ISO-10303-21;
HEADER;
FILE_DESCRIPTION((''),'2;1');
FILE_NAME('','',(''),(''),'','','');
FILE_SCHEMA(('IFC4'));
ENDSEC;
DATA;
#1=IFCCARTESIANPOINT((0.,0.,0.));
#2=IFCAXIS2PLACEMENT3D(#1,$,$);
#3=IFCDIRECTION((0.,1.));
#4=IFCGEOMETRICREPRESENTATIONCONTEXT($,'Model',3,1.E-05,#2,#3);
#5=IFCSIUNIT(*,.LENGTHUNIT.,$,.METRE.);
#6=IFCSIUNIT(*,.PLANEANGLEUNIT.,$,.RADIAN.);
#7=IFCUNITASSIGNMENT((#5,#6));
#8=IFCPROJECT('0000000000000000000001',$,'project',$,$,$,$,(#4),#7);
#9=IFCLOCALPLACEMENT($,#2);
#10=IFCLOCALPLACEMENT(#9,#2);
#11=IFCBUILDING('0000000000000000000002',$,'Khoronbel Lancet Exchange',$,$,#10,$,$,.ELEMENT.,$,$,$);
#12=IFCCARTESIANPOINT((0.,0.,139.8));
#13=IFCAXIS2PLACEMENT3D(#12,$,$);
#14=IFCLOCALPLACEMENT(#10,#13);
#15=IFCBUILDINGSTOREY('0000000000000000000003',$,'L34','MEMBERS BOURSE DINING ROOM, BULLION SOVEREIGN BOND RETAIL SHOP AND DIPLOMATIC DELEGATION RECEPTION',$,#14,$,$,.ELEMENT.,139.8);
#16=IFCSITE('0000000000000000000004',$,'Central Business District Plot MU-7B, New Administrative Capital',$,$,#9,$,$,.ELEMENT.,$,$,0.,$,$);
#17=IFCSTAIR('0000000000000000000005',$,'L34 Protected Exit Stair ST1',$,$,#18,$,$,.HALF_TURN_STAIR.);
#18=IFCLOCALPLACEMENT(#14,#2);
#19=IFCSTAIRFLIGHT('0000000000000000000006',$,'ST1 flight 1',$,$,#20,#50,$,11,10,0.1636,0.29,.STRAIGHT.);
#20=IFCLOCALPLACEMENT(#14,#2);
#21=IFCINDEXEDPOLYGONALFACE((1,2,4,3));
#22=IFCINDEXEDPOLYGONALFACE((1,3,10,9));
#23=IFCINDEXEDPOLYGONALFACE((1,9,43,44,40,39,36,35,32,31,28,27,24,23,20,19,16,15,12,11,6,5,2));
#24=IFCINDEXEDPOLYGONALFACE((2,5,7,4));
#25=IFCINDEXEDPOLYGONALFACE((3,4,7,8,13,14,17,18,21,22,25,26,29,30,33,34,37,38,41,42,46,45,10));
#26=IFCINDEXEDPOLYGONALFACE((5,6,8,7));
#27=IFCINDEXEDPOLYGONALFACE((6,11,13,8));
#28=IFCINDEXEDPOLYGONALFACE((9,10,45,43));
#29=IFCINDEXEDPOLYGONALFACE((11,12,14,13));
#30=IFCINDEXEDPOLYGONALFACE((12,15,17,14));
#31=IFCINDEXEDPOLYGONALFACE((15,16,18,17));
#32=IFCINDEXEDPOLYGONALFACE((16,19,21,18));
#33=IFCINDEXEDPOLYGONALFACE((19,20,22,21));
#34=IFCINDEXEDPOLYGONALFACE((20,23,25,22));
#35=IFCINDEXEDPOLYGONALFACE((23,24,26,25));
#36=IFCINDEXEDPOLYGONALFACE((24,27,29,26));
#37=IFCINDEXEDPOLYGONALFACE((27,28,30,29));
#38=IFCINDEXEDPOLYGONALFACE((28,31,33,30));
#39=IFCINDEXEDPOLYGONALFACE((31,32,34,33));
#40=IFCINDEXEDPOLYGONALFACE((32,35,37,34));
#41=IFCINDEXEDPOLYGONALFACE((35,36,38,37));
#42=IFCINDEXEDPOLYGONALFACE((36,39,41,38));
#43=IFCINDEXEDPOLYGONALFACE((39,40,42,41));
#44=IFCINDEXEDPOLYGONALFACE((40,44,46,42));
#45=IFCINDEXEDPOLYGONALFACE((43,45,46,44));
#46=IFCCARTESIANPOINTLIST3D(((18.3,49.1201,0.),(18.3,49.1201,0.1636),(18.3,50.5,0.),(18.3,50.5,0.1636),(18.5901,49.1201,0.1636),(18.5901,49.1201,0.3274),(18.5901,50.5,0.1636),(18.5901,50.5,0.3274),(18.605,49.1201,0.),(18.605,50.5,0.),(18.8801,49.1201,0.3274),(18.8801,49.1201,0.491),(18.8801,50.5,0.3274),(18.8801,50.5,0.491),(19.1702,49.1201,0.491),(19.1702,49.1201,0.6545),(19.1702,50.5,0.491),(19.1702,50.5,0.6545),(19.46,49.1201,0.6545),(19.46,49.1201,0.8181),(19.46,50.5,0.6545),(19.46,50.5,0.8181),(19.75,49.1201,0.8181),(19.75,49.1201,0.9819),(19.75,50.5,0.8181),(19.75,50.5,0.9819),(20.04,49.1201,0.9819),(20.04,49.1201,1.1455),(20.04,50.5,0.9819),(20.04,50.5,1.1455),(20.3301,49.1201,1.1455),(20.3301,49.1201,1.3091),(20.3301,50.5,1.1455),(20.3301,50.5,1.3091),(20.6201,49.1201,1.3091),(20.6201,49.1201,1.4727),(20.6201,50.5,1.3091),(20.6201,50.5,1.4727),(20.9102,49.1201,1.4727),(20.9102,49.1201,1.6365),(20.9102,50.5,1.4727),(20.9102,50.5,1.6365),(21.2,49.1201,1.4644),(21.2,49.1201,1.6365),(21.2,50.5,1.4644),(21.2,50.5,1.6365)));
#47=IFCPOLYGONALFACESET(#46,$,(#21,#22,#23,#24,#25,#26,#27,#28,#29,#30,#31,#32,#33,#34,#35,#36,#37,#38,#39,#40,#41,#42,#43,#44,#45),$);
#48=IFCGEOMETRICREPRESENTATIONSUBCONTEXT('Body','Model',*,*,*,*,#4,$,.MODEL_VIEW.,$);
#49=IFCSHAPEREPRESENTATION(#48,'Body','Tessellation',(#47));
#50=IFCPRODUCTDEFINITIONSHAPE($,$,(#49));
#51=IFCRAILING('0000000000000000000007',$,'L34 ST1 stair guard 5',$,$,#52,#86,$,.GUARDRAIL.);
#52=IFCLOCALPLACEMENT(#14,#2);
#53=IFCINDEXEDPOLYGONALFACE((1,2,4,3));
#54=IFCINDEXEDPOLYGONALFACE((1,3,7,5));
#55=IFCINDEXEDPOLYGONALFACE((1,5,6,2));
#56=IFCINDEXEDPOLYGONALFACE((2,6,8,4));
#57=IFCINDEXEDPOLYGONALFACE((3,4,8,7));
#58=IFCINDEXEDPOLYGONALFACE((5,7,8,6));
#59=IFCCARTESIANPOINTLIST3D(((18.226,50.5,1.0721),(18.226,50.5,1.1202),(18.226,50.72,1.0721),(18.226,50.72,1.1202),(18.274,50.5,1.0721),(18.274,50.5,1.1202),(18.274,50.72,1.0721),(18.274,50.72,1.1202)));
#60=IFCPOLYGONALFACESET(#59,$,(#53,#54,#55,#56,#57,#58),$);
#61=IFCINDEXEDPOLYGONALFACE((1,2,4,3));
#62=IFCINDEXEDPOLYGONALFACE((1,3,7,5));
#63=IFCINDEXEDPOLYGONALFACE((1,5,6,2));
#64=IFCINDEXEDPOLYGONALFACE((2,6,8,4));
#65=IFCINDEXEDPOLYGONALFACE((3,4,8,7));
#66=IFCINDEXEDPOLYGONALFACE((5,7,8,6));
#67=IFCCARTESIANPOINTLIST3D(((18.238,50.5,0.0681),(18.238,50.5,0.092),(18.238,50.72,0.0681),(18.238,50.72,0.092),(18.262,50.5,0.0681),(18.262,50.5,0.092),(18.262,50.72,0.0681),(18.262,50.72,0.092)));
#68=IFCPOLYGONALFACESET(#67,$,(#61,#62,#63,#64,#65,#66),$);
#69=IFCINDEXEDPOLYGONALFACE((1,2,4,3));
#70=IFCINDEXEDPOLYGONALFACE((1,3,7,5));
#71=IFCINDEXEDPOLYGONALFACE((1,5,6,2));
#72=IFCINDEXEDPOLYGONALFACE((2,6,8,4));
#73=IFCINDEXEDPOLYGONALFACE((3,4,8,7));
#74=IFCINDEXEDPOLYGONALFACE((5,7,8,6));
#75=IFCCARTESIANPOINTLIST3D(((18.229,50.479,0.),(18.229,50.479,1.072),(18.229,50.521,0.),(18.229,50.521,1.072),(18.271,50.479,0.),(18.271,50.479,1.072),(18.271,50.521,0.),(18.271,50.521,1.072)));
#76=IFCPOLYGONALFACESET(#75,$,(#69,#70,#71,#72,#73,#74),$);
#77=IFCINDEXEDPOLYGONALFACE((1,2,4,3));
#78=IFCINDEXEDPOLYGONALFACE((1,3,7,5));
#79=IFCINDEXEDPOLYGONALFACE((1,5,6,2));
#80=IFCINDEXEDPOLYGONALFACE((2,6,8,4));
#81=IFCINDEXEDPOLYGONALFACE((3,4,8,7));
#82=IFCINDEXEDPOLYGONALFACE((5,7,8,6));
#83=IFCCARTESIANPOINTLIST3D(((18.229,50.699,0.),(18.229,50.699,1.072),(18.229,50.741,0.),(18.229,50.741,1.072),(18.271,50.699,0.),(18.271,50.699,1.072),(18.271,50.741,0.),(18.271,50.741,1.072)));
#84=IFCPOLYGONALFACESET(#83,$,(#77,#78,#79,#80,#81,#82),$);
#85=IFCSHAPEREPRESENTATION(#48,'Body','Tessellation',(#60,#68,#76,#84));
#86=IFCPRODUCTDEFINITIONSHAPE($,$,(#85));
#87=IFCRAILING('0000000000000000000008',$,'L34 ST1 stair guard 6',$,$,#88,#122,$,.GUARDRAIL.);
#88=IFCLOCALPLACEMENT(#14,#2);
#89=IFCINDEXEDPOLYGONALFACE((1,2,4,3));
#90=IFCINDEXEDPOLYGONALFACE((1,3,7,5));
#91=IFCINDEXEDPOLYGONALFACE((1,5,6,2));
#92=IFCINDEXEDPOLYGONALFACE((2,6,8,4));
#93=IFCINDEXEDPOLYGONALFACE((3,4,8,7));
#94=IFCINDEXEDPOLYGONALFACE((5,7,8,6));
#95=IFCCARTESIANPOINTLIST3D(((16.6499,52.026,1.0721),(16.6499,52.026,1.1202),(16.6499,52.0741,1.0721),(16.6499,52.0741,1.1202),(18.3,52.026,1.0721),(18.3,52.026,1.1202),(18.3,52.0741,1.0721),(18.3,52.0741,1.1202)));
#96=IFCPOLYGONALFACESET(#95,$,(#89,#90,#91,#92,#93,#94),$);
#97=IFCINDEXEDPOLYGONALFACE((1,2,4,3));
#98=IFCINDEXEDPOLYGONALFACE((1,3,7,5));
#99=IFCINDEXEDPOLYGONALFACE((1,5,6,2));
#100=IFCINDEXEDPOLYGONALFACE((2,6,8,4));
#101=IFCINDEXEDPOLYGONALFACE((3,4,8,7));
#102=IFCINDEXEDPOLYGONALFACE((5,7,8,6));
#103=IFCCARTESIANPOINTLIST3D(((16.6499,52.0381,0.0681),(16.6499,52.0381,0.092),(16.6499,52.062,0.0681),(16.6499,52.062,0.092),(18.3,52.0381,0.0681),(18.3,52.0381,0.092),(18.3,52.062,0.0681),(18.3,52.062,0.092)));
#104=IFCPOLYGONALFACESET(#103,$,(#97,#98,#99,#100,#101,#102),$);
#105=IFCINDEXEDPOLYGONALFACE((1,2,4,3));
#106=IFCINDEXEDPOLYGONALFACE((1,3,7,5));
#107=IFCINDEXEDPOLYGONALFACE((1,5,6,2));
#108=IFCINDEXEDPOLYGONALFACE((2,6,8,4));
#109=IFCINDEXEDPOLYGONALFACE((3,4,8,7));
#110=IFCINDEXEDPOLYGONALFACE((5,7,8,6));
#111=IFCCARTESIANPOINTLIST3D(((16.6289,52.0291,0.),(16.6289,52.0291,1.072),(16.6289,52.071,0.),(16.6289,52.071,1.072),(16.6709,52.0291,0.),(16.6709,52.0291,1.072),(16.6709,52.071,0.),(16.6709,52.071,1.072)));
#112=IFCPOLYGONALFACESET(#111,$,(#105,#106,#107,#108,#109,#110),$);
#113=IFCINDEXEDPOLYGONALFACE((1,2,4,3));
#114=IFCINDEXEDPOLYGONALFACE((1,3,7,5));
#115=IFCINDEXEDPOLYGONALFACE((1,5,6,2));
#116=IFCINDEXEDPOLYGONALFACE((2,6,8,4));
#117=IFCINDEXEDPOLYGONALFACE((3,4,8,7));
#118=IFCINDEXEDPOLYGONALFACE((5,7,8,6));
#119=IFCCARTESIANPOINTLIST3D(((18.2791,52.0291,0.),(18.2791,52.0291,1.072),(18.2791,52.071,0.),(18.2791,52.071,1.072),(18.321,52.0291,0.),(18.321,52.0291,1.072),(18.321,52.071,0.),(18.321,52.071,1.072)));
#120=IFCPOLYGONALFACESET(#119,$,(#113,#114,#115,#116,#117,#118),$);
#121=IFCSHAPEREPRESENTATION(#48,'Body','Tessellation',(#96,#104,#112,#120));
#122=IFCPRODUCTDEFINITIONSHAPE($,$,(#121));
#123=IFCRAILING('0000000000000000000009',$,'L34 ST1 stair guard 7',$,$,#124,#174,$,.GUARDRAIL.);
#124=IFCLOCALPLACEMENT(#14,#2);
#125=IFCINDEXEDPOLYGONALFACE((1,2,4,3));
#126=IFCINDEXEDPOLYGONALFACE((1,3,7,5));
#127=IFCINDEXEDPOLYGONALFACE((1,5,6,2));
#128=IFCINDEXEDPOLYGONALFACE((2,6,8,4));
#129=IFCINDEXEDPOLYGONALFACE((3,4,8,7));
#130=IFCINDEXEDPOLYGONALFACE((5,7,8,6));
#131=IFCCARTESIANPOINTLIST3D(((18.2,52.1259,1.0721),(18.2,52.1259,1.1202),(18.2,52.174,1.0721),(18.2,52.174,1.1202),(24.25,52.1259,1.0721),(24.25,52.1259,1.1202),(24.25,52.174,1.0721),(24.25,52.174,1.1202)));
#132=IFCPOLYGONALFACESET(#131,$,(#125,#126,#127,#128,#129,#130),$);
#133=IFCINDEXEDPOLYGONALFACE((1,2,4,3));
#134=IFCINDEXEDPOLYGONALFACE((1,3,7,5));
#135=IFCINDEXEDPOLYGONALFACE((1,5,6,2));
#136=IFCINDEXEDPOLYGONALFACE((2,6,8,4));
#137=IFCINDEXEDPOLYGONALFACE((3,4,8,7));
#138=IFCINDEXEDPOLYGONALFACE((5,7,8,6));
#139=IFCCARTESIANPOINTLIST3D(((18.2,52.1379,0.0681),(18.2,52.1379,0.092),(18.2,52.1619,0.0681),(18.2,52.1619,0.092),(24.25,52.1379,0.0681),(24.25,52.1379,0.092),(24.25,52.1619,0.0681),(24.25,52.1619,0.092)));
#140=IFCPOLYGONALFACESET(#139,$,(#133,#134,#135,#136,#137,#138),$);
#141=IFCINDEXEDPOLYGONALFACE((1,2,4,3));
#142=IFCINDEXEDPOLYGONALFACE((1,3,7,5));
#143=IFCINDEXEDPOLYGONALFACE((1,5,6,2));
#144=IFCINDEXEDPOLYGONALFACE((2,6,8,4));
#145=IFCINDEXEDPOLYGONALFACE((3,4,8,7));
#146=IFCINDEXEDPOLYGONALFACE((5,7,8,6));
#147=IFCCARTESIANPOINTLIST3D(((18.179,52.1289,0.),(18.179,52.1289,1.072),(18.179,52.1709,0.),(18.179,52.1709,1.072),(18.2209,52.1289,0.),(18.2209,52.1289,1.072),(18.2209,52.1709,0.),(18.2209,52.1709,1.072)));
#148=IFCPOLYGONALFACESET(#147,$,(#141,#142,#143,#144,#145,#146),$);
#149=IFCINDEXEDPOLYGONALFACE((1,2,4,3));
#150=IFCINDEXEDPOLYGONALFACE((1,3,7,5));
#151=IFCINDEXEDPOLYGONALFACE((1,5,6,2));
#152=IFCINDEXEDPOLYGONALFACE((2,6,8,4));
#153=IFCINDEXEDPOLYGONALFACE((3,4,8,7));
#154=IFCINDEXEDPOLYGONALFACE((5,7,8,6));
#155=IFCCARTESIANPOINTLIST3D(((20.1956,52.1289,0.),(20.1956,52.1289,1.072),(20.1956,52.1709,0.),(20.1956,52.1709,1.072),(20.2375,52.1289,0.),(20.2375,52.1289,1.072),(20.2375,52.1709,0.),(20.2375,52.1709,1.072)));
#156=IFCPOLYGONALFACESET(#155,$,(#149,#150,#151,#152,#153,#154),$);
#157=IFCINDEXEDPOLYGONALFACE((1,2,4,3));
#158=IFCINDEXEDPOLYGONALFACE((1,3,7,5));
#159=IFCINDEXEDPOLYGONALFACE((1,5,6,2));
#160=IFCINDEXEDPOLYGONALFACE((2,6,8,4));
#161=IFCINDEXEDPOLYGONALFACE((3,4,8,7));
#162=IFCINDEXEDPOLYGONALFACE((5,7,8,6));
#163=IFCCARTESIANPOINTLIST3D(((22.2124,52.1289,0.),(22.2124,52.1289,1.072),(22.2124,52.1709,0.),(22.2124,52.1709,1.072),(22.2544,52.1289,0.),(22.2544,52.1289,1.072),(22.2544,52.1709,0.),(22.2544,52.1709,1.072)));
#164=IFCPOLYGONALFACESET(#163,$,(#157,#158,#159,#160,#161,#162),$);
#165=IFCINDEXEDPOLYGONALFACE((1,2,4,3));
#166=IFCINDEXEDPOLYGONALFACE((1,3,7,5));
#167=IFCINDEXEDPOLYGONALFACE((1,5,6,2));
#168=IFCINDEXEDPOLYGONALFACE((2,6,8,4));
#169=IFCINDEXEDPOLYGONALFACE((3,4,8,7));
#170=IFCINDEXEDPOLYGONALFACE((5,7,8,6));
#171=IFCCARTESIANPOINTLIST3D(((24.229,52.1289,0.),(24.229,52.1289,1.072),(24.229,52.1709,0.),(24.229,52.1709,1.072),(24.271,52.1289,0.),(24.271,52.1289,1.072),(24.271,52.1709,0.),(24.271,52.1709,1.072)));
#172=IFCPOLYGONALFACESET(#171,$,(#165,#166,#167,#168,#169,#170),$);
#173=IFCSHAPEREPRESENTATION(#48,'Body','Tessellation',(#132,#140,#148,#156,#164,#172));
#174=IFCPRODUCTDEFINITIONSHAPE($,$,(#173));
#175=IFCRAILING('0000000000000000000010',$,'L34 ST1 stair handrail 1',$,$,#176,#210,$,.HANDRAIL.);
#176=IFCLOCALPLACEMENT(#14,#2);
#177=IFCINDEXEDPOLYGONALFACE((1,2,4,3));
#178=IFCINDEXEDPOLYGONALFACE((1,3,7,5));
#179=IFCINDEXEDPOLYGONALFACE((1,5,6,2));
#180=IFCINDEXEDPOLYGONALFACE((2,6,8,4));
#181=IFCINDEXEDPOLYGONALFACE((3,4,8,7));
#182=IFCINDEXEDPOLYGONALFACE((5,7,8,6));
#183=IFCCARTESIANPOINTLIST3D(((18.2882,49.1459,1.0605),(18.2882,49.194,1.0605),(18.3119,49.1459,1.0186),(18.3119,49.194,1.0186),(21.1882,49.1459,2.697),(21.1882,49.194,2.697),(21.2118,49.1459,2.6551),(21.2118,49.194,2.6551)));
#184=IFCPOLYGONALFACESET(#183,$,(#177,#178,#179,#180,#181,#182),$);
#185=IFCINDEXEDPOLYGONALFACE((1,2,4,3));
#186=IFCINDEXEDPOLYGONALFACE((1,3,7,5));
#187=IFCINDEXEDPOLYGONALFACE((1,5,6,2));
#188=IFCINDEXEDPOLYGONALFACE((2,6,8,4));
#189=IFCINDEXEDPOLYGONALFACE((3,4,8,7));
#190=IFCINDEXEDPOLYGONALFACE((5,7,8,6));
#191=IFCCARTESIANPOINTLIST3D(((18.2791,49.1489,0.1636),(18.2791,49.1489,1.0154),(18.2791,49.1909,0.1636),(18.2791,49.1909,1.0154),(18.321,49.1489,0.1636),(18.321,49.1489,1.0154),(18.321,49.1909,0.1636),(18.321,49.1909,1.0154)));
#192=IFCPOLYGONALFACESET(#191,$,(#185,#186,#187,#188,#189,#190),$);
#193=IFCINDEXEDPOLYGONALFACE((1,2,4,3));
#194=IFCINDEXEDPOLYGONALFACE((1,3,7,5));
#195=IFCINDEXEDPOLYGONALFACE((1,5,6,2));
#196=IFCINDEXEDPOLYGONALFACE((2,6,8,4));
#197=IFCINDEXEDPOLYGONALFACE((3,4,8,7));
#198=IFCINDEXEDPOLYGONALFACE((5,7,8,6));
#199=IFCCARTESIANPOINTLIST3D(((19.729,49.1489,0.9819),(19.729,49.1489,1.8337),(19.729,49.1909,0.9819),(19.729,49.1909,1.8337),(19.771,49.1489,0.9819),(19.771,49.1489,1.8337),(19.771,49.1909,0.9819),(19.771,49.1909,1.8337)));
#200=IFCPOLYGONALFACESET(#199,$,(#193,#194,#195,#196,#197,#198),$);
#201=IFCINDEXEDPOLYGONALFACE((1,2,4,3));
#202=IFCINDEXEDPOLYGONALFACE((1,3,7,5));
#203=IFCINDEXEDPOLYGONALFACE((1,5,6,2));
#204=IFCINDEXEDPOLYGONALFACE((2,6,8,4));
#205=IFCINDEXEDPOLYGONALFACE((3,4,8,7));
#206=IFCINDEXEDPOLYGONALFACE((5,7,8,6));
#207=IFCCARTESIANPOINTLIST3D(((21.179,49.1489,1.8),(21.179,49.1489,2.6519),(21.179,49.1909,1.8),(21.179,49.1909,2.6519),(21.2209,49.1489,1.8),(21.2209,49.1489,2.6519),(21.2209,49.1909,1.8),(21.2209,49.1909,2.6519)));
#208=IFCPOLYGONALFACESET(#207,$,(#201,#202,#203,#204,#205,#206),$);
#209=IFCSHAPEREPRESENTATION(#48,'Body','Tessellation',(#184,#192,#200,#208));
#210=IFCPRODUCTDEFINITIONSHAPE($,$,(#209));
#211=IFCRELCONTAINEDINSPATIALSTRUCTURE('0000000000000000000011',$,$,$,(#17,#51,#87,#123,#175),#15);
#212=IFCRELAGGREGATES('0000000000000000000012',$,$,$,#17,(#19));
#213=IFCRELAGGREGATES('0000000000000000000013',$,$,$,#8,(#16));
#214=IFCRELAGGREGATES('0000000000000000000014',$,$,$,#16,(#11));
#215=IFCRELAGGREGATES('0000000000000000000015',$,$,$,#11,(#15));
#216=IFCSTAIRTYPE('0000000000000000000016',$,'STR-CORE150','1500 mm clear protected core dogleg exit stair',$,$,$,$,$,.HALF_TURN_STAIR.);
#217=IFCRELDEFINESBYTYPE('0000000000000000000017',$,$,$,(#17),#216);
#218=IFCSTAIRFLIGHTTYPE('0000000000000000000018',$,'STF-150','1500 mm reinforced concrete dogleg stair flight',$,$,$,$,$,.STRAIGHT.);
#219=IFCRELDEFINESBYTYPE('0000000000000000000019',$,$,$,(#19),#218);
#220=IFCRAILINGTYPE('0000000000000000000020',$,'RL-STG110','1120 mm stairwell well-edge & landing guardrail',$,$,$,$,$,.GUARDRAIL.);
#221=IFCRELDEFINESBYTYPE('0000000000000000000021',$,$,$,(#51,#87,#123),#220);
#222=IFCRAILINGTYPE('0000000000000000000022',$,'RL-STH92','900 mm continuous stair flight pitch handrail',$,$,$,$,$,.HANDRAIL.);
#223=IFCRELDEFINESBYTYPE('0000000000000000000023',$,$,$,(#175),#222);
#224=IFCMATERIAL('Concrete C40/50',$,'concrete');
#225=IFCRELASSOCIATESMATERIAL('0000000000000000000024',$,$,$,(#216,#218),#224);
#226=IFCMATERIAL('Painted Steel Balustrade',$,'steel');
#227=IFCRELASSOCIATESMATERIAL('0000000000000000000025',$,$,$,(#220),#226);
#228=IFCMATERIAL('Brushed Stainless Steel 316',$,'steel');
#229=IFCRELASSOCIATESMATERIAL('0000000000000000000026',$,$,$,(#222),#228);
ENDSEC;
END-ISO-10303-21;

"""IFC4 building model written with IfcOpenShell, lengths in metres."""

from ifc_helpers import new_model, si_unit, direction, frame, origin, origin_2d, place, context, subcontext, project, spatial, polyline, rectangle, outline, extrude, material, type_object, element, aggregate, save


model = new_model("IFC4")

# Units and contexts
model_context = context("Model", 3, precision=1e-05, world=origin(), true_north=direction((0.0, 1.0)))
body_context = subcontext(model_context, "Body", "Model", "MODEL_VIEW")
ifc_project = project(units=[si_unit("LENGTHUNIT", "METRE"), si_unit("PLANEANGLEUNIT", "RADIAN")], contexts=[model_context])

# Site, building, storey
site_placement = place(None, origin())
site = spatial("IfcSite", under=ifc_project, at=site_placement, Name="Central Business District Plot MU-7B, New Administrative Capital", CompositionType="ELEMENT", RefElevation=0.0)
building_placement = place(site_placement, origin())
building = spatial("IfcBuilding", under=site, at=building_placement, Name="Khoronbel Lancet Exchange", CompositionType="ELEMENT")
storey_placement = place(building_placement, frame((0.0, 0.0, 139.8)))
storey = spatial("IfcBuildingStorey", under=building, at=storey_placement, Name="L34", Description="MEMBERS BOURSE DINING ROOM, BULLION SOVEREIGN BOND RETAIL SHOP AND DIPLOMATIC DELEGATION RECEPTION", CompositionType="ELEMENT", Elevation=139.8)

# Stair, stair flight
ifc_material_1 = material(Name="Concrete C40/50", Category="concrete")
stair_type = type_object("IfcStairType", Name="STR-CORE150", Description="1500 mm clear protected core dogleg exit stair", PredefinedType="HALF_TURN_STAIR", material=ifc_material_1)
stair_placement = place(storey_placement, origin())
stair = element("IfcStair", 1, at=stair_placement, inside=storey, type_object=stair_type, Name="L34 Protected Exit Stair ST1", PredefinedType="HALF_TURN_STAIR")
stair_flight_type = type_object("IfcStairFlightType", Name="STF-150", Description="1500 mm reinforced concrete dogleg stair flight", PredefinedType="STRAIGHT", material=ifc_material_1)
stair_flight_placement = place(storey_placement, frame((18.3, 49.8101, 0.0), z_axis=(0.0, 0.0, 1.0), x_axis=(1.0, 0.0, 0.0)))
stair_flight = element("IfcStairFlight", 2, at=stair_flight_placement, type_object=stair_flight_type, Name="ST1 flight 1", NumberOfRisers=11, NumberOfTreads=10, PredefinedType="STRAIGHT", RiserHeight=0.1636, TreadLength=0.29, context=body_context, shape_type="SweptSolid", body=[
    extrude(outline(polyline([(0.0, 0.0), (0.0, 0.1636), (0.29, 0.1636), (0.29, 0.3274), (0.5801, 0.3274), (0.5801, 0.491), (0.8701, 0.491), (0.8701, 0.6545), (1.1599, 0.6545), (1.1599, 0.8181), (1.45, 0.8181), (1.45, 0.9819), (1.74, 0.9819), (1.74, 1.1455), (2.03, 1.1455), (2.03, 1.3091), (2.3201, 1.3091), (2.3201, 1.4727), (2.6101, 1.4727), (2.6101, 1.6365), (2.8999, 1.6365), (2.8999, 1.8), (2.8999, 1.4644), (0.3049, 0.0), (0.0, 0.0)])), frame((0.0, 0.6899, 0.0), z_axis=(0.0, -1.0, 0.0), x_axis=(1.0, 0.0, 0.0)), (0.0, 0.0, 1.0), 1.3799),
])
aggregate(stair, [stair_flight])

# Railings
ifc_material_2 = material(Name="Painted Steel Balustrade", Category="steel")
railing_type_1 = type_object("IfcRailingType", Name="RL-STG110", Description="1120 mm stairwell well-edge & landing guardrail", PredefinedType="GUARDRAIL", material=ifc_material_2)
railing_1_placement = place(storey_placement, frame((18.25, 50.5, 0.0)))
element("IfcRailing", 3, at=railing_1_placement, inside=storey, type_object=railing_type_1, Name="L34 ST1 stair guard 5", PredefinedType="GUARDRAIL", context=body_context, shape_type="SweptSolid", body=[
    extrude(rectangle(XDim=0.0481, YDim=0.0481, at=origin_2d()), frame((0.0, 0.0, 1.0962), z_axis=(0.0, 1.0, 0.0), x_axis=(-1.0, 0.0, 0.0)), (0.0, 0.0, 1.0), 0.22),
    extrude(rectangle(XDim=0.0239, YDim=0.0239, at=origin_2d()), frame((0.0, 0.0, 0.0801), z_axis=(0.0, 1.0, 0.0), x_axis=(-1.0, 0.0, 0.0)), (0.0, 0.0, 1.0), 0.22),
    extrude(rectangle(XDim=0.042, YDim=0.042, at=origin_2d()), origin(), (0.0, 0.0, 1.0), 1.072),
    extrude(rectangle(XDim=0.042, YDim=0.042, at=origin_2d()), frame((0.0, 0.22, 0.0)), (0.0, 0.0, 1.0), 1.072),
])
railing_2_placement = place(storey_placement, frame((16.6499, 52.05, 0.0)))
element("IfcRailing", 4, at=railing_2_placement, inside=storey, type_object=railing_type_1, Name="L34 ST1 stair guard 6", PredefinedType="GUARDRAIL", context=body_context, shape_type="SweptSolid", body=[
    extrude(rectangle(XDim=0.0481, YDim=0.0481, at=origin_2d()), frame((0.0, 0.0, 1.0962), z_axis=(1.0, 0.0, 0.0), x_axis=(0.0, 1.0, 0.0)), (0.0, 0.0, 1.0), 1.6501),
    extrude(rectangle(XDim=0.0239, YDim=0.0239, at=origin_2d()), frame((0.0, 0.0, 0.0801), z_axis=(1.0, 0.0, 0.0), x_axis=(0.0, 1.0, 0.0)), (0.0, 0.0, 1.0), 1.6501),
    extrude(rectangle(XDim=0.042, YDim=0.042, at=origin_2d()), origin(), (0.0, 0.0, 1.0), 1.072),
    extrude(rectangle(XDim=0.042, YDim=0.042, at=origin_2d()), frame((1.6501, 0.0, 0.0)), (0.0, 0.0, 1.0), 1.072),
])
railing_3_placement = place(storey_placement, frame((18.2, 52.1499, 0.0)))
element("IfcRailing", 5, at=railing_3_placement, inside=storey, type_object=railing_type_1, Name="L34 ST1 stair guard 7", PredefinedType="GUARDRAIL", context=body_context, shape_type="SweptSolid", body=[
    extrude(rectangle(XDim=0.0481, YDim=0.0481, at=origin_2d()), frame((0.0, 0.0, 1.0962), z_axis=(1.0, 0.0, 0.0), x_axis=(0.0, 1.0, 0.0)), (0.0, 0.0, 1.0), 6.05),
    extrude(rectangle(XDim=0.0239, YDim=0.0239, at=origin_2d()), frame((0.0, 0.0, 0.0801), z_axis=(1.0, 0.0, 0.0), x_axis=(0.0, 1.0, 0.0)), (0.0, 0.0, 1.0), 6.05),
    extrude(rectangle(XDim=0.042, YDim=0.042, at=origin_2d()), origin(), (0.0, 0.0, 1.0), 1.072),
    extrude(rectangle(XDim=0.042, YDim=0.042, at=origin_2d()), frame((2.0166, 0.0, 0.0)), (0.0, 0.0, 1.0), 1.072),
    extrude(rectangle(XDim=0.042, YDim=0.042, at=origin_2d()), frame((4.0334, 0.0, 0.0)), (0.0, 0.0, 1.0), 1.072),
    extrude(rectangle(XDim=0.042, YDim=0.042, at=origin_2d()), frame((6.05, 0.0, 0.0)), (0.0, 0.0, 1.0), 1.072),
])
ifc_material_3 = material(Name="Brushed Stainless Steel 316", Category="steel")
railing_type_2 = type_object("IfcRailingType", Name="RL-STH92", Description="900 mm continuous stair flight pitch handrail", PredefinedType="HANDRAIL", material=ifc_material_3)
railing_4_placement = place(storey_placement, frame((18.3, 49.1699, 0.1636)))
element("IfcRailing", 6, at=railing_4_placement, inside=storey, type_object=railing_type_2, Name="L34 ST1 stair handrail 1", PredefinedType="HANDRAIL", context=body_context, shape_type="SweptSolid", body=[
    extrude(rectangle(XDim=0.0481, YDim=0.0481, at=origin_2d()), frame((0.0, 0.0, 0.876), z_axis=(0.870897, 0.0, 0.491465), x_axis=(0.0, 1.0, 0.0)), (0.0, 0.0, 1.0), 3.3298),
    extrude(rectangle(XDim=0.042, YDim=0.042, at=origin_2d()), origin(), (0.0, 0.0, 1.0), 0.8518),
    extrude(rectangle(XDim=0.042, YDim=0.042, at=origin_2d()), frame((1.45, 0.0, 0.8184)), (0.0, 0.0, 1.0), 0.8518),
    extrude(rectangle(XDim=0.042, YDim=0.042, at=origin_2d()), frame((2.8999, 0.0, 1.6365)), (0.0, 0.0, 1.0), 0.8518),
])

save(model, "model.ifc")
